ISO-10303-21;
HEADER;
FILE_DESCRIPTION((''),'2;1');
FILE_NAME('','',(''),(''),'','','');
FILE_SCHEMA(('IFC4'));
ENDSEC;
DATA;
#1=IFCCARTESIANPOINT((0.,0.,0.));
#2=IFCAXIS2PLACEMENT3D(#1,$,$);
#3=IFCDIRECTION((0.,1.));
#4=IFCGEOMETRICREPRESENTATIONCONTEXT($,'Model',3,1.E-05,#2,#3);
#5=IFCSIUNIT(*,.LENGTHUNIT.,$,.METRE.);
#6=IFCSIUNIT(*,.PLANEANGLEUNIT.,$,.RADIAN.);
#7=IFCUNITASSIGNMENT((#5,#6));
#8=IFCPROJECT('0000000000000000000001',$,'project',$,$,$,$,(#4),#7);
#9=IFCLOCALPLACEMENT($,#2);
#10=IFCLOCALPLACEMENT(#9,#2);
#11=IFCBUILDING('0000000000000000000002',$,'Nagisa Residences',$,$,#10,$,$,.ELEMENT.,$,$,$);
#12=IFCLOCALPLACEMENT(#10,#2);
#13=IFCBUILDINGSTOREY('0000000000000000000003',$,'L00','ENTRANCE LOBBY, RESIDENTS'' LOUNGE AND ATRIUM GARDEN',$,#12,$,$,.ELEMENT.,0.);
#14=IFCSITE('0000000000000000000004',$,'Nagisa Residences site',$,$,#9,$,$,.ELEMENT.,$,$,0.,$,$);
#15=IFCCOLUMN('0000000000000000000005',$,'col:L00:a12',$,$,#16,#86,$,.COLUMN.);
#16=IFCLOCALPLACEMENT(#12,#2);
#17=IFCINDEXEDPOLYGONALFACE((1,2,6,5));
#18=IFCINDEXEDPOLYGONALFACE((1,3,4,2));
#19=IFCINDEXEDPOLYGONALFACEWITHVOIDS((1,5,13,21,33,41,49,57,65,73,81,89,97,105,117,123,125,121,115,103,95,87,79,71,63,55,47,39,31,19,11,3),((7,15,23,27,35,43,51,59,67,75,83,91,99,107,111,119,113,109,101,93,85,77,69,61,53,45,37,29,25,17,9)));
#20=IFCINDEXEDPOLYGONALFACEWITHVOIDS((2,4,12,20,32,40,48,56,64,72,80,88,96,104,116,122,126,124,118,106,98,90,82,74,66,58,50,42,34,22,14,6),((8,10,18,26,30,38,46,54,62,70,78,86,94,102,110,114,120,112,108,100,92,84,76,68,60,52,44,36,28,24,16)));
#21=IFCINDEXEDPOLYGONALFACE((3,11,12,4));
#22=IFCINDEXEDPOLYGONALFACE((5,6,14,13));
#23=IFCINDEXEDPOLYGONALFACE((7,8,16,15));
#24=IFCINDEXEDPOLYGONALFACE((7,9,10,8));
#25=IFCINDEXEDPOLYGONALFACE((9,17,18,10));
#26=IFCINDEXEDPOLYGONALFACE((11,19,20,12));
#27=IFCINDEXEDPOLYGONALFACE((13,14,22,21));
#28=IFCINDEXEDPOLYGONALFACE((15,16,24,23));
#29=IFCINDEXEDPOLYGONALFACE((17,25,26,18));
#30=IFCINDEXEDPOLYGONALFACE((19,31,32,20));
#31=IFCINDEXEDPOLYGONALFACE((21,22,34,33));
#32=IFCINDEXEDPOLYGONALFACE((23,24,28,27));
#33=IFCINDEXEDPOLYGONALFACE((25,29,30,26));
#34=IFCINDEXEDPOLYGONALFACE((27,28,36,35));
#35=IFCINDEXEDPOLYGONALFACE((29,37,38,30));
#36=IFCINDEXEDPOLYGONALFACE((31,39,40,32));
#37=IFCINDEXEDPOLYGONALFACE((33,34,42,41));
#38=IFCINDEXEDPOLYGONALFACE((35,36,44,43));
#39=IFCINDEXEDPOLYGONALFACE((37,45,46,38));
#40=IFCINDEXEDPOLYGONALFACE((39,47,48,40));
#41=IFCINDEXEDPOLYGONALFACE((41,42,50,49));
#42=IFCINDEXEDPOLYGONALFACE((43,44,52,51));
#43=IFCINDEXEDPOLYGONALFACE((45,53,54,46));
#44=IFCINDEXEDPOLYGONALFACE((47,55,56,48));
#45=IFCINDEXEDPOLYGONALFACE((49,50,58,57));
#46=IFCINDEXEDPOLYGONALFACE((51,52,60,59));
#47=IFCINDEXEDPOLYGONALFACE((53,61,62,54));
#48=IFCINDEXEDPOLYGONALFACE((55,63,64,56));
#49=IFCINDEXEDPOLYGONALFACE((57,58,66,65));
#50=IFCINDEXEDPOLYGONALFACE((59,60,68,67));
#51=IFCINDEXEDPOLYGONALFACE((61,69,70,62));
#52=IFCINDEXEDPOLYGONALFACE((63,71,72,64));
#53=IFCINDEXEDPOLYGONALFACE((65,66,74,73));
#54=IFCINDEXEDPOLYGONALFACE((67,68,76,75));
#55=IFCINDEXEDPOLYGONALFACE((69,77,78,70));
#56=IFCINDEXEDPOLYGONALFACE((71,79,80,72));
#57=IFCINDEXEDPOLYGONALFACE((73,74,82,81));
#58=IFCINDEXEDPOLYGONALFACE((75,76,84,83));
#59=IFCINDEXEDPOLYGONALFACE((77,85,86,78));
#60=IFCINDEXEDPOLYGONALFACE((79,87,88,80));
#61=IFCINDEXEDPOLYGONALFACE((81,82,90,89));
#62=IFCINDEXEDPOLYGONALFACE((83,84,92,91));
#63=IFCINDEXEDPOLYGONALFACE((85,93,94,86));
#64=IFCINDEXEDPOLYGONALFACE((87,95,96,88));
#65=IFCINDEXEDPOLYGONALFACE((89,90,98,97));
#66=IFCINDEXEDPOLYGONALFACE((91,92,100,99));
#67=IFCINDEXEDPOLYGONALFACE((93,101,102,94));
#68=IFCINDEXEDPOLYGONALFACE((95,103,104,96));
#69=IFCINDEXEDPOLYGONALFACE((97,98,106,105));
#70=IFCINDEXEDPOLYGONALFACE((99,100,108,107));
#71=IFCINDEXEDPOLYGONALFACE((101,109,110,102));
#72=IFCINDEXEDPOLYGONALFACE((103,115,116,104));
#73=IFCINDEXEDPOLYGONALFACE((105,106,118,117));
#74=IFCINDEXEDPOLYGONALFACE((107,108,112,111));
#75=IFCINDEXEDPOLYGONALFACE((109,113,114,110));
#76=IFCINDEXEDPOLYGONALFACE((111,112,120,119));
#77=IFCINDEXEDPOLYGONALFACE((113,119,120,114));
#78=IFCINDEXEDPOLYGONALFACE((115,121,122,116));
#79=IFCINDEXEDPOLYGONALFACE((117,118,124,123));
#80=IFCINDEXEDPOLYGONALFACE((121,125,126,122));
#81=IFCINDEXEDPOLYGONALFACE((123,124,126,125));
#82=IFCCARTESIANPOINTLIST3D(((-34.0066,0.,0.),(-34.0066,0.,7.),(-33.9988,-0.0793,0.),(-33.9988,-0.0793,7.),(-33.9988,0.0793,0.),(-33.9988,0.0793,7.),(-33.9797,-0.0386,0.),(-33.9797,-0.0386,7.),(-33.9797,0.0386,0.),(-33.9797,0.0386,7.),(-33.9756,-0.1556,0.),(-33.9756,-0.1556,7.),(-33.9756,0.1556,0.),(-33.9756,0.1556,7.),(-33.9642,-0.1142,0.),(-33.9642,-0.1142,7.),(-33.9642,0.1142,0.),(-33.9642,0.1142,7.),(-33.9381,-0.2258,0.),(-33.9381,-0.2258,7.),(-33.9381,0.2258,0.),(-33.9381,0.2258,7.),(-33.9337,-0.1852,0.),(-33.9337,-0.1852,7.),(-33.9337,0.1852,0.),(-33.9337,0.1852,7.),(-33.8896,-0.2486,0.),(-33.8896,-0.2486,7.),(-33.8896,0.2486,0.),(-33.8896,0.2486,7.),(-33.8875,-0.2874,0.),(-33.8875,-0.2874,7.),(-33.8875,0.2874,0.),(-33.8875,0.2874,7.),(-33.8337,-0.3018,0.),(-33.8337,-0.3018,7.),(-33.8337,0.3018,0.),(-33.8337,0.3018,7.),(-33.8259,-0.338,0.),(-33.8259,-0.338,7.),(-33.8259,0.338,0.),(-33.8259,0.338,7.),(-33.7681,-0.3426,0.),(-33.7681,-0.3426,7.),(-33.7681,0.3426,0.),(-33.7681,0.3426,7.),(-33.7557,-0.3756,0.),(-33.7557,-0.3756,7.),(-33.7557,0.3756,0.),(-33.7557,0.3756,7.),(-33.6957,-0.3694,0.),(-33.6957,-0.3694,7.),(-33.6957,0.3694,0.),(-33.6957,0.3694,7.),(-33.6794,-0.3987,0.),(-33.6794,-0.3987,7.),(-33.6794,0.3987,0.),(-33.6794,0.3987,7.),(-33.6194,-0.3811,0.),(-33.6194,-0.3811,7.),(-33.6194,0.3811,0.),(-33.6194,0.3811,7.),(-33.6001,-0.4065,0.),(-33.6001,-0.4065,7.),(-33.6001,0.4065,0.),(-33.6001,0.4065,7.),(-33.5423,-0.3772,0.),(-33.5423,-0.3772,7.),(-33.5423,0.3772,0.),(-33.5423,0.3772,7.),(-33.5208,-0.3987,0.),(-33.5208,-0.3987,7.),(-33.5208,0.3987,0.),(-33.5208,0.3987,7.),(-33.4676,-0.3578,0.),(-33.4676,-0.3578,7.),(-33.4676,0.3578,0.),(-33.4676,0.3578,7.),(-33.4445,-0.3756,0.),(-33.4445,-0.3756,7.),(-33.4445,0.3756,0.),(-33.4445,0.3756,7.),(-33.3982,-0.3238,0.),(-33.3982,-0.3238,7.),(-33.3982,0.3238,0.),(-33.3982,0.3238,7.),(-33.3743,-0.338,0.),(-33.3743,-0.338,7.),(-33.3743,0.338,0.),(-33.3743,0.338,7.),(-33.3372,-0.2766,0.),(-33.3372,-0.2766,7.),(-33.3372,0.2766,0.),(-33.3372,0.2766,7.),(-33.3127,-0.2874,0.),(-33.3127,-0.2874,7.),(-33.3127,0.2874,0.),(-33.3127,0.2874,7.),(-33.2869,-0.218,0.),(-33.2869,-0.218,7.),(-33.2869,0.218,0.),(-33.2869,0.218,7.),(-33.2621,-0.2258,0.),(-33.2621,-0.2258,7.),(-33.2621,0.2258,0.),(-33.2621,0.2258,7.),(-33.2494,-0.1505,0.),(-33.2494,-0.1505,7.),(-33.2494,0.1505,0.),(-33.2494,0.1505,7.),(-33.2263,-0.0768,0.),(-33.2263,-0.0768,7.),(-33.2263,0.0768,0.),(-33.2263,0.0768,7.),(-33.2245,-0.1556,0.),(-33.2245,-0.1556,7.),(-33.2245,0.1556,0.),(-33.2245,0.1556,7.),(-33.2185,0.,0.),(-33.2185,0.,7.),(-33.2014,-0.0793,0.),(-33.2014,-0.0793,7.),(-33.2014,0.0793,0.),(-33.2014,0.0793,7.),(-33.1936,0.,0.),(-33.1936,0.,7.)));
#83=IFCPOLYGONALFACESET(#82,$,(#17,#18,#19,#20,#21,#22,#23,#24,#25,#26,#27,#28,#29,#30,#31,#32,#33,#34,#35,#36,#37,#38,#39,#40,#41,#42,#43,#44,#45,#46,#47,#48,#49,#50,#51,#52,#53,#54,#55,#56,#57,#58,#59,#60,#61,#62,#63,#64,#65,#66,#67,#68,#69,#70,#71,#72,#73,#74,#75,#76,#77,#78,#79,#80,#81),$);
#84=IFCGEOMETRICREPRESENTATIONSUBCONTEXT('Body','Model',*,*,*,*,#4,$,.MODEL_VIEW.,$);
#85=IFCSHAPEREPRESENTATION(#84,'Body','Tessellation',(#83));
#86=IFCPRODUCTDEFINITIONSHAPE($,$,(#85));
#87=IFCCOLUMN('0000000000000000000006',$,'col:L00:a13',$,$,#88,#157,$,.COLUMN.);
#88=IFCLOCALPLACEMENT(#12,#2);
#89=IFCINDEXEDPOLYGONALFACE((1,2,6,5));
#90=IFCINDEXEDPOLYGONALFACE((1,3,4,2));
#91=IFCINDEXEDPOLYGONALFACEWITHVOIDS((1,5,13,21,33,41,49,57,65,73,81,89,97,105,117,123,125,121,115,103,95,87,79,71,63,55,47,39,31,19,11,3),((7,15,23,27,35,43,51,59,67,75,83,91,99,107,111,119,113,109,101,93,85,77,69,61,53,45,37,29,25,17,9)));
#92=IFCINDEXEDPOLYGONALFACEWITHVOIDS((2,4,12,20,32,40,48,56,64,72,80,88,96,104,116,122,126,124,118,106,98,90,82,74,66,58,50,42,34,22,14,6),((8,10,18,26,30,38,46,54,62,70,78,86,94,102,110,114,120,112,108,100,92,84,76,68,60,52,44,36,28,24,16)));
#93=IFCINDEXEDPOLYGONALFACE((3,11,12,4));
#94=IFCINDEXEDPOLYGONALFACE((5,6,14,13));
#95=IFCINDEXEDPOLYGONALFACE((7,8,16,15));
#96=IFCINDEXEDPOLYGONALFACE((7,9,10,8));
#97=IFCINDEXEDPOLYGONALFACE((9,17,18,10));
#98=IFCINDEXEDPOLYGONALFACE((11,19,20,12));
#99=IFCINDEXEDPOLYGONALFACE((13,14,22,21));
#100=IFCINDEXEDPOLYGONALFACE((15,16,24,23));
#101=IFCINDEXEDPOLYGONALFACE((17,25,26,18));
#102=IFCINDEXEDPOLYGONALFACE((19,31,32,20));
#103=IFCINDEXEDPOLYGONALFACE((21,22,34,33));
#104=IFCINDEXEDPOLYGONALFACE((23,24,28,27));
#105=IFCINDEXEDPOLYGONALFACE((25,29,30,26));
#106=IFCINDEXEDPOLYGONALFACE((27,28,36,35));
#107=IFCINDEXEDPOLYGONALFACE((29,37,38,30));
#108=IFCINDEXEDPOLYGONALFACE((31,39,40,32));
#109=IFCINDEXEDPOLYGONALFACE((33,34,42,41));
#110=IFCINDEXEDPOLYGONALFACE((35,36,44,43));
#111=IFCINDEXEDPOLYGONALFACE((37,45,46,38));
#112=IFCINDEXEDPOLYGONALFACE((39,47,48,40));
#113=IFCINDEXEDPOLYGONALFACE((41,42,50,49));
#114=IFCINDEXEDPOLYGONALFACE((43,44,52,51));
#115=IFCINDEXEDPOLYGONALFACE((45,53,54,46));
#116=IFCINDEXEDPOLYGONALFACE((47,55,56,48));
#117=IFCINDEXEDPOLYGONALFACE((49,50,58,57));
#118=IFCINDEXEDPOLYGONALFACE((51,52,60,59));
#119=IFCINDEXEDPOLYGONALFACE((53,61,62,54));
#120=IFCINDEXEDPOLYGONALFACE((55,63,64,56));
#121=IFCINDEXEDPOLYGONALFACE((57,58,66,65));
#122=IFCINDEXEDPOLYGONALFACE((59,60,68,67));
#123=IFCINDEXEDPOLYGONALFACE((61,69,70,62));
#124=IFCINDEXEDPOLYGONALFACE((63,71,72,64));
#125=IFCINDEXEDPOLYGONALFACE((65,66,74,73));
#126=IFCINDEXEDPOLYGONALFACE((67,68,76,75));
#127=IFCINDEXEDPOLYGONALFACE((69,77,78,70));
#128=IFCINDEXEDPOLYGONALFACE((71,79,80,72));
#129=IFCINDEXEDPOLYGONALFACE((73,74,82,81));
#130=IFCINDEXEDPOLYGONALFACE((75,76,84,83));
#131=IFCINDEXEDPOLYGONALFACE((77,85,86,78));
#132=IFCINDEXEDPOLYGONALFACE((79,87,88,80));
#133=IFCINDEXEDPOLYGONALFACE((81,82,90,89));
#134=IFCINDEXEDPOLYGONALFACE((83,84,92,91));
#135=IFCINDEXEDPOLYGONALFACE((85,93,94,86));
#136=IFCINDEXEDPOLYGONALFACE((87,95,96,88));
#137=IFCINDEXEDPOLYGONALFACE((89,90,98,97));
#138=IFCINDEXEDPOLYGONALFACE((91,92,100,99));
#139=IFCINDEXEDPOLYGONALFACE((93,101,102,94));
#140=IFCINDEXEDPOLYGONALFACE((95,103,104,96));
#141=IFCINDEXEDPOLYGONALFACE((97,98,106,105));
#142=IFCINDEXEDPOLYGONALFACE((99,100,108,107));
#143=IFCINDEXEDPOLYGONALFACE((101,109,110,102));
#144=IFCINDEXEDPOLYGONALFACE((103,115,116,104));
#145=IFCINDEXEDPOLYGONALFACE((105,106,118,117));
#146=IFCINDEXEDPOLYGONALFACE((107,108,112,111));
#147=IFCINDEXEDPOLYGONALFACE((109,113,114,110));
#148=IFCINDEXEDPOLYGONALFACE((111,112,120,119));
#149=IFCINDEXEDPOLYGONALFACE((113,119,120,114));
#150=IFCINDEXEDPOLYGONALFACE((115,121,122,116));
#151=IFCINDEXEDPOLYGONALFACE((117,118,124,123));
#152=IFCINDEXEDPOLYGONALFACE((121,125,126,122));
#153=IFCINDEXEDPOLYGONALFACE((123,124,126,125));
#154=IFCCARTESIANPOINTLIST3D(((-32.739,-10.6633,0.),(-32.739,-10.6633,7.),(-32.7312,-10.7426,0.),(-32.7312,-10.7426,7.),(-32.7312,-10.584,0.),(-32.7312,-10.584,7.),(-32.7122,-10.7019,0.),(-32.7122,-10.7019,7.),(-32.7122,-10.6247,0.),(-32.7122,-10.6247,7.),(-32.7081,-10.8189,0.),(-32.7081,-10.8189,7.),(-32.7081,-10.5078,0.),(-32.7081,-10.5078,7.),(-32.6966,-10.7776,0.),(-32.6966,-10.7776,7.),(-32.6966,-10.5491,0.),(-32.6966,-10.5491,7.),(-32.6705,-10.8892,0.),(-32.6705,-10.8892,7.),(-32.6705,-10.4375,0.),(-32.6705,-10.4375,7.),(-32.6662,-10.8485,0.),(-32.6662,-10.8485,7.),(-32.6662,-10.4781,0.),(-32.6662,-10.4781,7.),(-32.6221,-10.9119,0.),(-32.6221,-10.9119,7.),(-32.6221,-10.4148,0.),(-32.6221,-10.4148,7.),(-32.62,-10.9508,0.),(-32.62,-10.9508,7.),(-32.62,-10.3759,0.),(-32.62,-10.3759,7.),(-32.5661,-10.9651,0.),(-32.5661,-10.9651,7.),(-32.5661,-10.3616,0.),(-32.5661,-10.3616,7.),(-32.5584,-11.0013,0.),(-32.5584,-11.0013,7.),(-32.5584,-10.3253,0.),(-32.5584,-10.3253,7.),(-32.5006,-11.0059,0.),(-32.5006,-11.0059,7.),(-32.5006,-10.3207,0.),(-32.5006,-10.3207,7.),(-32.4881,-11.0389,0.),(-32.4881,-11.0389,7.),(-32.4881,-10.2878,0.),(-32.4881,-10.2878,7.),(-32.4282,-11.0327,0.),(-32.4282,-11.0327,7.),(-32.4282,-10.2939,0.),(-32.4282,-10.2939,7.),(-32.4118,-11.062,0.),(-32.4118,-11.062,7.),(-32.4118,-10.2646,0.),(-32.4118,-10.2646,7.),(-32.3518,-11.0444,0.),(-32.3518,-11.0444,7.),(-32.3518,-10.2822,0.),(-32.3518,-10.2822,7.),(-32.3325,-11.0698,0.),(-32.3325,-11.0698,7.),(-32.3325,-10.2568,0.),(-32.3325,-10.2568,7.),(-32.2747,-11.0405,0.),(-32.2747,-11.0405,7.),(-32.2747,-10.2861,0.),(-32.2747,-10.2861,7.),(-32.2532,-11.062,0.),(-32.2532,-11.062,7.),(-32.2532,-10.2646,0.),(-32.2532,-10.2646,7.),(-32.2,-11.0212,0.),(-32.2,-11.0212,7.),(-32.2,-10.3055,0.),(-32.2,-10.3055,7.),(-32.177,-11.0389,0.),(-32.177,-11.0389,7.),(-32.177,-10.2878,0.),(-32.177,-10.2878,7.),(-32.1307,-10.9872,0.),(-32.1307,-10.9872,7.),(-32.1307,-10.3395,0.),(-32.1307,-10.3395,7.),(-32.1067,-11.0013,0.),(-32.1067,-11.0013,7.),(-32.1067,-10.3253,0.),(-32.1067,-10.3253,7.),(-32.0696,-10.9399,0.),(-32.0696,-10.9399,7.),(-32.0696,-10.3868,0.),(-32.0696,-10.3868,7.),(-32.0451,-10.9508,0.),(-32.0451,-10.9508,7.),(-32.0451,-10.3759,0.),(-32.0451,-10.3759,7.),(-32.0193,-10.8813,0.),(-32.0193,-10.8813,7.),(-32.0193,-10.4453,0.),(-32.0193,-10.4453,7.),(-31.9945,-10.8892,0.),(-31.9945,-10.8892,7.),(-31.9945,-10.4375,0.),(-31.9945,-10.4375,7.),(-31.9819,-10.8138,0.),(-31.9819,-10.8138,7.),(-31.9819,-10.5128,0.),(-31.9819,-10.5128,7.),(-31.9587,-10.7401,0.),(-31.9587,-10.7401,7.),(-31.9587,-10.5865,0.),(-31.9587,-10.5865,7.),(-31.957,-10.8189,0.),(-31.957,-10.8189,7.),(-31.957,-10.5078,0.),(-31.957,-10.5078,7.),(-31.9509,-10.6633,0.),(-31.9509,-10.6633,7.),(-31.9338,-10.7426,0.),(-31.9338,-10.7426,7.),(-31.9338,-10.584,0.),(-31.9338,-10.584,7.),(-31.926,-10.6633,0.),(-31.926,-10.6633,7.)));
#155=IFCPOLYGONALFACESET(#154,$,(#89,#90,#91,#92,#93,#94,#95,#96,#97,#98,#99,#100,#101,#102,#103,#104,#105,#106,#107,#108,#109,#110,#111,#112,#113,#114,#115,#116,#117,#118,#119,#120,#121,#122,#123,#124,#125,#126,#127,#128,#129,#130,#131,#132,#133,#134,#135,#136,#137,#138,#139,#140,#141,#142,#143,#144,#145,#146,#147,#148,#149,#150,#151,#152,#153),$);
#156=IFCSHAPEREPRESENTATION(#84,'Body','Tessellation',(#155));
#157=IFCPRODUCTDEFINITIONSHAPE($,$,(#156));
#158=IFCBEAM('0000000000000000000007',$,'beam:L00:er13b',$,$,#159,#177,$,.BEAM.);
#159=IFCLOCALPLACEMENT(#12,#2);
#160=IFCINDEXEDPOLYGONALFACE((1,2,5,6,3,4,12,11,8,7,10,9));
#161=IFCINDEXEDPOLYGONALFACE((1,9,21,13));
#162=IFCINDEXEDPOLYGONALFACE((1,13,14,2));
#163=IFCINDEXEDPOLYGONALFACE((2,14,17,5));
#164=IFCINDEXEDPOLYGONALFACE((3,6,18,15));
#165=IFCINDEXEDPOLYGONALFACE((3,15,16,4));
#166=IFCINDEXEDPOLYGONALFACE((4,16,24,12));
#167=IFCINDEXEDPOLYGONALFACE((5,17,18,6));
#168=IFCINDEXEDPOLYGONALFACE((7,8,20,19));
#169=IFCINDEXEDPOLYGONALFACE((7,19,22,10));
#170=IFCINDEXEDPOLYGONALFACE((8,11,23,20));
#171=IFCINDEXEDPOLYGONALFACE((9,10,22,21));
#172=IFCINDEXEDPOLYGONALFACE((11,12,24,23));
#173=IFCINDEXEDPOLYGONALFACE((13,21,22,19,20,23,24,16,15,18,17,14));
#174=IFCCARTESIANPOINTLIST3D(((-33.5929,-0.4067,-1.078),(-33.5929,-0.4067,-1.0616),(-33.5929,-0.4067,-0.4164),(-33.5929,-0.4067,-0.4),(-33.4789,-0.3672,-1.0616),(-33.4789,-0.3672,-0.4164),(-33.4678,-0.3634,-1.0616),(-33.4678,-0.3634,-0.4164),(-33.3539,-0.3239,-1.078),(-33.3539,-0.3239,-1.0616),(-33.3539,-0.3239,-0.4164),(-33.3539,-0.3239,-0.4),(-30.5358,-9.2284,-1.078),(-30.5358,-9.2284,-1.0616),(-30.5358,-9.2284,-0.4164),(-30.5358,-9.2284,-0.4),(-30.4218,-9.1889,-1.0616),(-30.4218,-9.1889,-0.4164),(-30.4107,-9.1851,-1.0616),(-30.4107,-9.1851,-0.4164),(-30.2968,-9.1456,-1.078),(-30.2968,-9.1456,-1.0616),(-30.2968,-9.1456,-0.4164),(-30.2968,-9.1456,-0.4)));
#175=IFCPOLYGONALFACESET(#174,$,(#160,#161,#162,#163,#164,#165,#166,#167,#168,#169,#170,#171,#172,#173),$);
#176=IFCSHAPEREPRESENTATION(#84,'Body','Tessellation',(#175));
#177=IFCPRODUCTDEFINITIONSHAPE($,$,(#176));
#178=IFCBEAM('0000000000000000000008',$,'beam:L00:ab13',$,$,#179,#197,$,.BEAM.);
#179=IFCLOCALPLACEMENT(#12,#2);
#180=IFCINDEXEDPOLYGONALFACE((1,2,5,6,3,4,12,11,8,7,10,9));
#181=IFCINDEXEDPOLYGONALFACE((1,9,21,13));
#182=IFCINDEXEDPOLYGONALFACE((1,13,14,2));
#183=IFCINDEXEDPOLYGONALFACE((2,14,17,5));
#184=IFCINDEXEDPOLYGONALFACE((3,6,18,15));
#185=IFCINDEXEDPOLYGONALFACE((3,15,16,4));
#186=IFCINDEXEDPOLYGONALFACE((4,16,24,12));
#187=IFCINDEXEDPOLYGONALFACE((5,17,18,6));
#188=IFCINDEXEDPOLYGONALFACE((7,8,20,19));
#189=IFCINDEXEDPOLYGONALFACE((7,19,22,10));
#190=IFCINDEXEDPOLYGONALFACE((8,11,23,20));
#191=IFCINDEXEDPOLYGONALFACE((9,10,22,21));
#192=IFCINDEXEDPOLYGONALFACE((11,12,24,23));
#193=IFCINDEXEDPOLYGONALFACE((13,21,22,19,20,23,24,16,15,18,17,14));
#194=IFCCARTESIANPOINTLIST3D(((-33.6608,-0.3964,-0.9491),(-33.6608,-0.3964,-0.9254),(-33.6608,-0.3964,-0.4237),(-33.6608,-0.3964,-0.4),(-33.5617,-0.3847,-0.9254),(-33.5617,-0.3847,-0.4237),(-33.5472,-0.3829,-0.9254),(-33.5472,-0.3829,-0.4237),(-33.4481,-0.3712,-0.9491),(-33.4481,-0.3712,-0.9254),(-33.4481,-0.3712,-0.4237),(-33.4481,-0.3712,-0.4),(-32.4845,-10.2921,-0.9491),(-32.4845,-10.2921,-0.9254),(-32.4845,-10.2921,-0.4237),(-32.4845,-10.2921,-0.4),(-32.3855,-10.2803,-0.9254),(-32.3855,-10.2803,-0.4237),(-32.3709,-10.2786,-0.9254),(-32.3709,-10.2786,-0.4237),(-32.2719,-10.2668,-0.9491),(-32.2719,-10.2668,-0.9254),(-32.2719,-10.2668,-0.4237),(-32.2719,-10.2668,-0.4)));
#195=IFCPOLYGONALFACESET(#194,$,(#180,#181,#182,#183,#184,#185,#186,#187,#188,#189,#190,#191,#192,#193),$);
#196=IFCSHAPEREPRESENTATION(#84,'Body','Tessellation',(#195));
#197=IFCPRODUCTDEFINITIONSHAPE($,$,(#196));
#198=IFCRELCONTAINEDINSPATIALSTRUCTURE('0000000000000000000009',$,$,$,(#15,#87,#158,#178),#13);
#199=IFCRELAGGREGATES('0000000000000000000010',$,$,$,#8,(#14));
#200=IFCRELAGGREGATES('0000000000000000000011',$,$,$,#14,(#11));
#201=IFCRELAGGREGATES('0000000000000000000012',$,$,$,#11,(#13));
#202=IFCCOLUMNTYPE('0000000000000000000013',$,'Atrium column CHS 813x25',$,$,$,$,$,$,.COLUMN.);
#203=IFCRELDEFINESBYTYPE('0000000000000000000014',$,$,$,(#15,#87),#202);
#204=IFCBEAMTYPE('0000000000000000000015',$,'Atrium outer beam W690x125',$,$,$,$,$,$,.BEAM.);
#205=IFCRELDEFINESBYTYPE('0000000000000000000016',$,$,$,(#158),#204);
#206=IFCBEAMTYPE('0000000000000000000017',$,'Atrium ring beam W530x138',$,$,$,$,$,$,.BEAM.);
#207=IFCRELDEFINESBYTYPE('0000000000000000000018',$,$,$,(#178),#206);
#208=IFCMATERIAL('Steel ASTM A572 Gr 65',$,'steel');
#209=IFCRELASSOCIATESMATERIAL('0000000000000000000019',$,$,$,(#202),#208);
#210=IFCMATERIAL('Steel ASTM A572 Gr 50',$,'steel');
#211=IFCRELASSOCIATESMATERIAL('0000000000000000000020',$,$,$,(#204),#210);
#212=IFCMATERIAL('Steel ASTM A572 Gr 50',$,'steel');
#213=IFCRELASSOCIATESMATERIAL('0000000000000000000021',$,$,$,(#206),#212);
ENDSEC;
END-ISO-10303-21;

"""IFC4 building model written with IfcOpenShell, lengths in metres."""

from ifc_helpers import new_model, si_unit, direction, frame, origin, origin_2d, place, context, subcontext, project, spatial, hollow_circle, i_section, extrude, material, material_profile, profile_set, type_object, element, save


model = new_model("IFC4")

# Units and contexts
model_context = context("Model", 3, precision=1e-05, world=origin(), true_north=direction((0.0, 1.0)))
body_context = subcontext(model_context, "Body", "Model", "MODEL_VIEW")
ifc_project = project(units=[si_unit("LENGTHUNIT", "METRE"), si_unit("PLANEANGLEUNIT", "RADIAN")], contexts=[model_context])

# Site, building, storey
site_placement = place(None, origin())
site = spatial("IfcSite", under=ifc_project, at=site_placement, Name="Nagisa Residences site", CompositionType="ELEMENT", RefElevation=0.0)
building_placement = place(site_placement, origin())
building = spatial("IfcBuilding", under=site, at=building_placement, Name="Nagisa Residences", CompositionType="ELEMENT")
storey_placement = place(building_placement, origin())
storey = spatial("IfcBuildingStorey", under=building, at=storey_placement, Name="L00", Description="ENTRANCE LOBBY, RESIDENTS' LOUNGE AND ATRIUM GARDEN", CompositionType="ELEMENT", Elevation=0.0)

# Columns
ifc_material_1 = material(Name="Steel ASTM A572 Gr 65", Category="steel")
ifc_material_profile_1 = material_profile(ifc_material_1, hollow_circle(Radius=0.4065, WallThickness=0.0249, at=origin_2d()), Name="CHS 813x25")
ifc_profile_set_1 = profile_set([ifc_material_profile_1], Name="Steel ASTM A572 Gr 65")
column_type = type_object("IfcColumnType", Name="Atrium column CHS 813x25", PredefinedType="COLUMN", material=ifc_profile_set_1)
for number, where, z_axis, x_axis, name in (
    (1, (-33.6001, 0.0, 0.0), (0.0, 0.0, 1.0), (1.0, 0.0, 0.0), "col:L00:a12"),
    (2, (-32.3325, -10.6633, 0.0), (0.0, 0.0, 1.0), (1.0, 0.0, 0.0), "col:L00:a13"),
):
    element("IfcColumn", number, at=place(storey_placement, frame(where, z_axis=z_axis, x_axis=x_axis)), inside=storey, type_object=column_type, Name=name, PredefinedType="COLUMN", context=body_context, shape_type="SweptSolid", body=[
        extrude(hollow_circle(Radius=0.4065, WallThickness=0.0249, at=origin_2d()), origin(), (0.0, 0.0, 1.0), 7.0),
    ])

# Beams
ifc_material_2 = material(Name="Steel ASTM A572 Gr 50", Category="steel")
ifc_material_profile_2 = material_profile(ifc_material_2, i_section(OverallWidth=0.2529, OverallDepth=0.678, WebThickness=0.0117, FlangeThickness=0.0164, at=origin_2d()), Name="W690x125")
ifc_profile_set_2 = profile_set([ifc_material_profile_2], Name="Steel ASTM A572 Gr 50")
beam_type_1 = type_object("IfcBeamType", Name="Atrium outer beam W690x125", PredefinedType="BEAM", material=ifc_profile_set_2)
beam_1_placement = place(storey_placement, frame((-30.4163, -9.187, -0.739), z_axis=(-0.327439, 0.944872, 0.0), x_axis=(-0.944872, -0.327439, 0.0)))
element("IfcBeam", 3, at=beam_1_placement, inside=storey, type_object=beam_type_1, Name="beam:L00:er13b", PredefinedType="BEAM", context=body_context, shape_type="SweptSolid", body=[
    extrude(i_section(OverallWidth=0.2529, OverallDepth=0.678, WebThickness=0.0117, FlangeThickness=0.0164, at=origin_2d()), origin(), (0.0, 0.0, 1.0), 9.3364),
])
ifc_material_3 = material(Name="Steel ASTM A572 Gr 50", Category="steel")
ifc_material_profile_3 = material_profile(ifc_material_3, i_section(OverallWidth=0.2141, OverallDepth=0.5491, WebThickness=0.0146, FlangeThickness=0.0237, at=origin_2d()), Name="W530x138")
ifc_profile_set_3 = profile_set([ifc_material_profile_3], Name="Steel ASTM A572 Gr 50")
beam_type_2 = type_object("IfcBeamType", Name="Atrium ring beam W530x138", PredefinedType="BEAM", material=ifc_profile_set_3)
beam_2_placement = place(storey_placement, frame((-33.5544, -0.3838, -0.6746), z_axis=(0.118035, -0.993009, 0.0), x_axis=(0.993009, 0.118035, 0.0)))
element("IfcBeam", 4, at=beam_2_placement, inside=storey, type_object=beam_type_2, Name="beam:L00:ab13", PredefinedType="BEAM", context=body_context, shape_type="SweptSolid", body=[
    extrude(i_section(OverallWidth=0.2141, OverallDepth=0.5491, WebThickness=0.0146, FlangeThickness=0.0237, at=origin_2d()), origin(), (0.0, 0.0, 1.0), 9.9653),
])

save(model, "model.ifc")
